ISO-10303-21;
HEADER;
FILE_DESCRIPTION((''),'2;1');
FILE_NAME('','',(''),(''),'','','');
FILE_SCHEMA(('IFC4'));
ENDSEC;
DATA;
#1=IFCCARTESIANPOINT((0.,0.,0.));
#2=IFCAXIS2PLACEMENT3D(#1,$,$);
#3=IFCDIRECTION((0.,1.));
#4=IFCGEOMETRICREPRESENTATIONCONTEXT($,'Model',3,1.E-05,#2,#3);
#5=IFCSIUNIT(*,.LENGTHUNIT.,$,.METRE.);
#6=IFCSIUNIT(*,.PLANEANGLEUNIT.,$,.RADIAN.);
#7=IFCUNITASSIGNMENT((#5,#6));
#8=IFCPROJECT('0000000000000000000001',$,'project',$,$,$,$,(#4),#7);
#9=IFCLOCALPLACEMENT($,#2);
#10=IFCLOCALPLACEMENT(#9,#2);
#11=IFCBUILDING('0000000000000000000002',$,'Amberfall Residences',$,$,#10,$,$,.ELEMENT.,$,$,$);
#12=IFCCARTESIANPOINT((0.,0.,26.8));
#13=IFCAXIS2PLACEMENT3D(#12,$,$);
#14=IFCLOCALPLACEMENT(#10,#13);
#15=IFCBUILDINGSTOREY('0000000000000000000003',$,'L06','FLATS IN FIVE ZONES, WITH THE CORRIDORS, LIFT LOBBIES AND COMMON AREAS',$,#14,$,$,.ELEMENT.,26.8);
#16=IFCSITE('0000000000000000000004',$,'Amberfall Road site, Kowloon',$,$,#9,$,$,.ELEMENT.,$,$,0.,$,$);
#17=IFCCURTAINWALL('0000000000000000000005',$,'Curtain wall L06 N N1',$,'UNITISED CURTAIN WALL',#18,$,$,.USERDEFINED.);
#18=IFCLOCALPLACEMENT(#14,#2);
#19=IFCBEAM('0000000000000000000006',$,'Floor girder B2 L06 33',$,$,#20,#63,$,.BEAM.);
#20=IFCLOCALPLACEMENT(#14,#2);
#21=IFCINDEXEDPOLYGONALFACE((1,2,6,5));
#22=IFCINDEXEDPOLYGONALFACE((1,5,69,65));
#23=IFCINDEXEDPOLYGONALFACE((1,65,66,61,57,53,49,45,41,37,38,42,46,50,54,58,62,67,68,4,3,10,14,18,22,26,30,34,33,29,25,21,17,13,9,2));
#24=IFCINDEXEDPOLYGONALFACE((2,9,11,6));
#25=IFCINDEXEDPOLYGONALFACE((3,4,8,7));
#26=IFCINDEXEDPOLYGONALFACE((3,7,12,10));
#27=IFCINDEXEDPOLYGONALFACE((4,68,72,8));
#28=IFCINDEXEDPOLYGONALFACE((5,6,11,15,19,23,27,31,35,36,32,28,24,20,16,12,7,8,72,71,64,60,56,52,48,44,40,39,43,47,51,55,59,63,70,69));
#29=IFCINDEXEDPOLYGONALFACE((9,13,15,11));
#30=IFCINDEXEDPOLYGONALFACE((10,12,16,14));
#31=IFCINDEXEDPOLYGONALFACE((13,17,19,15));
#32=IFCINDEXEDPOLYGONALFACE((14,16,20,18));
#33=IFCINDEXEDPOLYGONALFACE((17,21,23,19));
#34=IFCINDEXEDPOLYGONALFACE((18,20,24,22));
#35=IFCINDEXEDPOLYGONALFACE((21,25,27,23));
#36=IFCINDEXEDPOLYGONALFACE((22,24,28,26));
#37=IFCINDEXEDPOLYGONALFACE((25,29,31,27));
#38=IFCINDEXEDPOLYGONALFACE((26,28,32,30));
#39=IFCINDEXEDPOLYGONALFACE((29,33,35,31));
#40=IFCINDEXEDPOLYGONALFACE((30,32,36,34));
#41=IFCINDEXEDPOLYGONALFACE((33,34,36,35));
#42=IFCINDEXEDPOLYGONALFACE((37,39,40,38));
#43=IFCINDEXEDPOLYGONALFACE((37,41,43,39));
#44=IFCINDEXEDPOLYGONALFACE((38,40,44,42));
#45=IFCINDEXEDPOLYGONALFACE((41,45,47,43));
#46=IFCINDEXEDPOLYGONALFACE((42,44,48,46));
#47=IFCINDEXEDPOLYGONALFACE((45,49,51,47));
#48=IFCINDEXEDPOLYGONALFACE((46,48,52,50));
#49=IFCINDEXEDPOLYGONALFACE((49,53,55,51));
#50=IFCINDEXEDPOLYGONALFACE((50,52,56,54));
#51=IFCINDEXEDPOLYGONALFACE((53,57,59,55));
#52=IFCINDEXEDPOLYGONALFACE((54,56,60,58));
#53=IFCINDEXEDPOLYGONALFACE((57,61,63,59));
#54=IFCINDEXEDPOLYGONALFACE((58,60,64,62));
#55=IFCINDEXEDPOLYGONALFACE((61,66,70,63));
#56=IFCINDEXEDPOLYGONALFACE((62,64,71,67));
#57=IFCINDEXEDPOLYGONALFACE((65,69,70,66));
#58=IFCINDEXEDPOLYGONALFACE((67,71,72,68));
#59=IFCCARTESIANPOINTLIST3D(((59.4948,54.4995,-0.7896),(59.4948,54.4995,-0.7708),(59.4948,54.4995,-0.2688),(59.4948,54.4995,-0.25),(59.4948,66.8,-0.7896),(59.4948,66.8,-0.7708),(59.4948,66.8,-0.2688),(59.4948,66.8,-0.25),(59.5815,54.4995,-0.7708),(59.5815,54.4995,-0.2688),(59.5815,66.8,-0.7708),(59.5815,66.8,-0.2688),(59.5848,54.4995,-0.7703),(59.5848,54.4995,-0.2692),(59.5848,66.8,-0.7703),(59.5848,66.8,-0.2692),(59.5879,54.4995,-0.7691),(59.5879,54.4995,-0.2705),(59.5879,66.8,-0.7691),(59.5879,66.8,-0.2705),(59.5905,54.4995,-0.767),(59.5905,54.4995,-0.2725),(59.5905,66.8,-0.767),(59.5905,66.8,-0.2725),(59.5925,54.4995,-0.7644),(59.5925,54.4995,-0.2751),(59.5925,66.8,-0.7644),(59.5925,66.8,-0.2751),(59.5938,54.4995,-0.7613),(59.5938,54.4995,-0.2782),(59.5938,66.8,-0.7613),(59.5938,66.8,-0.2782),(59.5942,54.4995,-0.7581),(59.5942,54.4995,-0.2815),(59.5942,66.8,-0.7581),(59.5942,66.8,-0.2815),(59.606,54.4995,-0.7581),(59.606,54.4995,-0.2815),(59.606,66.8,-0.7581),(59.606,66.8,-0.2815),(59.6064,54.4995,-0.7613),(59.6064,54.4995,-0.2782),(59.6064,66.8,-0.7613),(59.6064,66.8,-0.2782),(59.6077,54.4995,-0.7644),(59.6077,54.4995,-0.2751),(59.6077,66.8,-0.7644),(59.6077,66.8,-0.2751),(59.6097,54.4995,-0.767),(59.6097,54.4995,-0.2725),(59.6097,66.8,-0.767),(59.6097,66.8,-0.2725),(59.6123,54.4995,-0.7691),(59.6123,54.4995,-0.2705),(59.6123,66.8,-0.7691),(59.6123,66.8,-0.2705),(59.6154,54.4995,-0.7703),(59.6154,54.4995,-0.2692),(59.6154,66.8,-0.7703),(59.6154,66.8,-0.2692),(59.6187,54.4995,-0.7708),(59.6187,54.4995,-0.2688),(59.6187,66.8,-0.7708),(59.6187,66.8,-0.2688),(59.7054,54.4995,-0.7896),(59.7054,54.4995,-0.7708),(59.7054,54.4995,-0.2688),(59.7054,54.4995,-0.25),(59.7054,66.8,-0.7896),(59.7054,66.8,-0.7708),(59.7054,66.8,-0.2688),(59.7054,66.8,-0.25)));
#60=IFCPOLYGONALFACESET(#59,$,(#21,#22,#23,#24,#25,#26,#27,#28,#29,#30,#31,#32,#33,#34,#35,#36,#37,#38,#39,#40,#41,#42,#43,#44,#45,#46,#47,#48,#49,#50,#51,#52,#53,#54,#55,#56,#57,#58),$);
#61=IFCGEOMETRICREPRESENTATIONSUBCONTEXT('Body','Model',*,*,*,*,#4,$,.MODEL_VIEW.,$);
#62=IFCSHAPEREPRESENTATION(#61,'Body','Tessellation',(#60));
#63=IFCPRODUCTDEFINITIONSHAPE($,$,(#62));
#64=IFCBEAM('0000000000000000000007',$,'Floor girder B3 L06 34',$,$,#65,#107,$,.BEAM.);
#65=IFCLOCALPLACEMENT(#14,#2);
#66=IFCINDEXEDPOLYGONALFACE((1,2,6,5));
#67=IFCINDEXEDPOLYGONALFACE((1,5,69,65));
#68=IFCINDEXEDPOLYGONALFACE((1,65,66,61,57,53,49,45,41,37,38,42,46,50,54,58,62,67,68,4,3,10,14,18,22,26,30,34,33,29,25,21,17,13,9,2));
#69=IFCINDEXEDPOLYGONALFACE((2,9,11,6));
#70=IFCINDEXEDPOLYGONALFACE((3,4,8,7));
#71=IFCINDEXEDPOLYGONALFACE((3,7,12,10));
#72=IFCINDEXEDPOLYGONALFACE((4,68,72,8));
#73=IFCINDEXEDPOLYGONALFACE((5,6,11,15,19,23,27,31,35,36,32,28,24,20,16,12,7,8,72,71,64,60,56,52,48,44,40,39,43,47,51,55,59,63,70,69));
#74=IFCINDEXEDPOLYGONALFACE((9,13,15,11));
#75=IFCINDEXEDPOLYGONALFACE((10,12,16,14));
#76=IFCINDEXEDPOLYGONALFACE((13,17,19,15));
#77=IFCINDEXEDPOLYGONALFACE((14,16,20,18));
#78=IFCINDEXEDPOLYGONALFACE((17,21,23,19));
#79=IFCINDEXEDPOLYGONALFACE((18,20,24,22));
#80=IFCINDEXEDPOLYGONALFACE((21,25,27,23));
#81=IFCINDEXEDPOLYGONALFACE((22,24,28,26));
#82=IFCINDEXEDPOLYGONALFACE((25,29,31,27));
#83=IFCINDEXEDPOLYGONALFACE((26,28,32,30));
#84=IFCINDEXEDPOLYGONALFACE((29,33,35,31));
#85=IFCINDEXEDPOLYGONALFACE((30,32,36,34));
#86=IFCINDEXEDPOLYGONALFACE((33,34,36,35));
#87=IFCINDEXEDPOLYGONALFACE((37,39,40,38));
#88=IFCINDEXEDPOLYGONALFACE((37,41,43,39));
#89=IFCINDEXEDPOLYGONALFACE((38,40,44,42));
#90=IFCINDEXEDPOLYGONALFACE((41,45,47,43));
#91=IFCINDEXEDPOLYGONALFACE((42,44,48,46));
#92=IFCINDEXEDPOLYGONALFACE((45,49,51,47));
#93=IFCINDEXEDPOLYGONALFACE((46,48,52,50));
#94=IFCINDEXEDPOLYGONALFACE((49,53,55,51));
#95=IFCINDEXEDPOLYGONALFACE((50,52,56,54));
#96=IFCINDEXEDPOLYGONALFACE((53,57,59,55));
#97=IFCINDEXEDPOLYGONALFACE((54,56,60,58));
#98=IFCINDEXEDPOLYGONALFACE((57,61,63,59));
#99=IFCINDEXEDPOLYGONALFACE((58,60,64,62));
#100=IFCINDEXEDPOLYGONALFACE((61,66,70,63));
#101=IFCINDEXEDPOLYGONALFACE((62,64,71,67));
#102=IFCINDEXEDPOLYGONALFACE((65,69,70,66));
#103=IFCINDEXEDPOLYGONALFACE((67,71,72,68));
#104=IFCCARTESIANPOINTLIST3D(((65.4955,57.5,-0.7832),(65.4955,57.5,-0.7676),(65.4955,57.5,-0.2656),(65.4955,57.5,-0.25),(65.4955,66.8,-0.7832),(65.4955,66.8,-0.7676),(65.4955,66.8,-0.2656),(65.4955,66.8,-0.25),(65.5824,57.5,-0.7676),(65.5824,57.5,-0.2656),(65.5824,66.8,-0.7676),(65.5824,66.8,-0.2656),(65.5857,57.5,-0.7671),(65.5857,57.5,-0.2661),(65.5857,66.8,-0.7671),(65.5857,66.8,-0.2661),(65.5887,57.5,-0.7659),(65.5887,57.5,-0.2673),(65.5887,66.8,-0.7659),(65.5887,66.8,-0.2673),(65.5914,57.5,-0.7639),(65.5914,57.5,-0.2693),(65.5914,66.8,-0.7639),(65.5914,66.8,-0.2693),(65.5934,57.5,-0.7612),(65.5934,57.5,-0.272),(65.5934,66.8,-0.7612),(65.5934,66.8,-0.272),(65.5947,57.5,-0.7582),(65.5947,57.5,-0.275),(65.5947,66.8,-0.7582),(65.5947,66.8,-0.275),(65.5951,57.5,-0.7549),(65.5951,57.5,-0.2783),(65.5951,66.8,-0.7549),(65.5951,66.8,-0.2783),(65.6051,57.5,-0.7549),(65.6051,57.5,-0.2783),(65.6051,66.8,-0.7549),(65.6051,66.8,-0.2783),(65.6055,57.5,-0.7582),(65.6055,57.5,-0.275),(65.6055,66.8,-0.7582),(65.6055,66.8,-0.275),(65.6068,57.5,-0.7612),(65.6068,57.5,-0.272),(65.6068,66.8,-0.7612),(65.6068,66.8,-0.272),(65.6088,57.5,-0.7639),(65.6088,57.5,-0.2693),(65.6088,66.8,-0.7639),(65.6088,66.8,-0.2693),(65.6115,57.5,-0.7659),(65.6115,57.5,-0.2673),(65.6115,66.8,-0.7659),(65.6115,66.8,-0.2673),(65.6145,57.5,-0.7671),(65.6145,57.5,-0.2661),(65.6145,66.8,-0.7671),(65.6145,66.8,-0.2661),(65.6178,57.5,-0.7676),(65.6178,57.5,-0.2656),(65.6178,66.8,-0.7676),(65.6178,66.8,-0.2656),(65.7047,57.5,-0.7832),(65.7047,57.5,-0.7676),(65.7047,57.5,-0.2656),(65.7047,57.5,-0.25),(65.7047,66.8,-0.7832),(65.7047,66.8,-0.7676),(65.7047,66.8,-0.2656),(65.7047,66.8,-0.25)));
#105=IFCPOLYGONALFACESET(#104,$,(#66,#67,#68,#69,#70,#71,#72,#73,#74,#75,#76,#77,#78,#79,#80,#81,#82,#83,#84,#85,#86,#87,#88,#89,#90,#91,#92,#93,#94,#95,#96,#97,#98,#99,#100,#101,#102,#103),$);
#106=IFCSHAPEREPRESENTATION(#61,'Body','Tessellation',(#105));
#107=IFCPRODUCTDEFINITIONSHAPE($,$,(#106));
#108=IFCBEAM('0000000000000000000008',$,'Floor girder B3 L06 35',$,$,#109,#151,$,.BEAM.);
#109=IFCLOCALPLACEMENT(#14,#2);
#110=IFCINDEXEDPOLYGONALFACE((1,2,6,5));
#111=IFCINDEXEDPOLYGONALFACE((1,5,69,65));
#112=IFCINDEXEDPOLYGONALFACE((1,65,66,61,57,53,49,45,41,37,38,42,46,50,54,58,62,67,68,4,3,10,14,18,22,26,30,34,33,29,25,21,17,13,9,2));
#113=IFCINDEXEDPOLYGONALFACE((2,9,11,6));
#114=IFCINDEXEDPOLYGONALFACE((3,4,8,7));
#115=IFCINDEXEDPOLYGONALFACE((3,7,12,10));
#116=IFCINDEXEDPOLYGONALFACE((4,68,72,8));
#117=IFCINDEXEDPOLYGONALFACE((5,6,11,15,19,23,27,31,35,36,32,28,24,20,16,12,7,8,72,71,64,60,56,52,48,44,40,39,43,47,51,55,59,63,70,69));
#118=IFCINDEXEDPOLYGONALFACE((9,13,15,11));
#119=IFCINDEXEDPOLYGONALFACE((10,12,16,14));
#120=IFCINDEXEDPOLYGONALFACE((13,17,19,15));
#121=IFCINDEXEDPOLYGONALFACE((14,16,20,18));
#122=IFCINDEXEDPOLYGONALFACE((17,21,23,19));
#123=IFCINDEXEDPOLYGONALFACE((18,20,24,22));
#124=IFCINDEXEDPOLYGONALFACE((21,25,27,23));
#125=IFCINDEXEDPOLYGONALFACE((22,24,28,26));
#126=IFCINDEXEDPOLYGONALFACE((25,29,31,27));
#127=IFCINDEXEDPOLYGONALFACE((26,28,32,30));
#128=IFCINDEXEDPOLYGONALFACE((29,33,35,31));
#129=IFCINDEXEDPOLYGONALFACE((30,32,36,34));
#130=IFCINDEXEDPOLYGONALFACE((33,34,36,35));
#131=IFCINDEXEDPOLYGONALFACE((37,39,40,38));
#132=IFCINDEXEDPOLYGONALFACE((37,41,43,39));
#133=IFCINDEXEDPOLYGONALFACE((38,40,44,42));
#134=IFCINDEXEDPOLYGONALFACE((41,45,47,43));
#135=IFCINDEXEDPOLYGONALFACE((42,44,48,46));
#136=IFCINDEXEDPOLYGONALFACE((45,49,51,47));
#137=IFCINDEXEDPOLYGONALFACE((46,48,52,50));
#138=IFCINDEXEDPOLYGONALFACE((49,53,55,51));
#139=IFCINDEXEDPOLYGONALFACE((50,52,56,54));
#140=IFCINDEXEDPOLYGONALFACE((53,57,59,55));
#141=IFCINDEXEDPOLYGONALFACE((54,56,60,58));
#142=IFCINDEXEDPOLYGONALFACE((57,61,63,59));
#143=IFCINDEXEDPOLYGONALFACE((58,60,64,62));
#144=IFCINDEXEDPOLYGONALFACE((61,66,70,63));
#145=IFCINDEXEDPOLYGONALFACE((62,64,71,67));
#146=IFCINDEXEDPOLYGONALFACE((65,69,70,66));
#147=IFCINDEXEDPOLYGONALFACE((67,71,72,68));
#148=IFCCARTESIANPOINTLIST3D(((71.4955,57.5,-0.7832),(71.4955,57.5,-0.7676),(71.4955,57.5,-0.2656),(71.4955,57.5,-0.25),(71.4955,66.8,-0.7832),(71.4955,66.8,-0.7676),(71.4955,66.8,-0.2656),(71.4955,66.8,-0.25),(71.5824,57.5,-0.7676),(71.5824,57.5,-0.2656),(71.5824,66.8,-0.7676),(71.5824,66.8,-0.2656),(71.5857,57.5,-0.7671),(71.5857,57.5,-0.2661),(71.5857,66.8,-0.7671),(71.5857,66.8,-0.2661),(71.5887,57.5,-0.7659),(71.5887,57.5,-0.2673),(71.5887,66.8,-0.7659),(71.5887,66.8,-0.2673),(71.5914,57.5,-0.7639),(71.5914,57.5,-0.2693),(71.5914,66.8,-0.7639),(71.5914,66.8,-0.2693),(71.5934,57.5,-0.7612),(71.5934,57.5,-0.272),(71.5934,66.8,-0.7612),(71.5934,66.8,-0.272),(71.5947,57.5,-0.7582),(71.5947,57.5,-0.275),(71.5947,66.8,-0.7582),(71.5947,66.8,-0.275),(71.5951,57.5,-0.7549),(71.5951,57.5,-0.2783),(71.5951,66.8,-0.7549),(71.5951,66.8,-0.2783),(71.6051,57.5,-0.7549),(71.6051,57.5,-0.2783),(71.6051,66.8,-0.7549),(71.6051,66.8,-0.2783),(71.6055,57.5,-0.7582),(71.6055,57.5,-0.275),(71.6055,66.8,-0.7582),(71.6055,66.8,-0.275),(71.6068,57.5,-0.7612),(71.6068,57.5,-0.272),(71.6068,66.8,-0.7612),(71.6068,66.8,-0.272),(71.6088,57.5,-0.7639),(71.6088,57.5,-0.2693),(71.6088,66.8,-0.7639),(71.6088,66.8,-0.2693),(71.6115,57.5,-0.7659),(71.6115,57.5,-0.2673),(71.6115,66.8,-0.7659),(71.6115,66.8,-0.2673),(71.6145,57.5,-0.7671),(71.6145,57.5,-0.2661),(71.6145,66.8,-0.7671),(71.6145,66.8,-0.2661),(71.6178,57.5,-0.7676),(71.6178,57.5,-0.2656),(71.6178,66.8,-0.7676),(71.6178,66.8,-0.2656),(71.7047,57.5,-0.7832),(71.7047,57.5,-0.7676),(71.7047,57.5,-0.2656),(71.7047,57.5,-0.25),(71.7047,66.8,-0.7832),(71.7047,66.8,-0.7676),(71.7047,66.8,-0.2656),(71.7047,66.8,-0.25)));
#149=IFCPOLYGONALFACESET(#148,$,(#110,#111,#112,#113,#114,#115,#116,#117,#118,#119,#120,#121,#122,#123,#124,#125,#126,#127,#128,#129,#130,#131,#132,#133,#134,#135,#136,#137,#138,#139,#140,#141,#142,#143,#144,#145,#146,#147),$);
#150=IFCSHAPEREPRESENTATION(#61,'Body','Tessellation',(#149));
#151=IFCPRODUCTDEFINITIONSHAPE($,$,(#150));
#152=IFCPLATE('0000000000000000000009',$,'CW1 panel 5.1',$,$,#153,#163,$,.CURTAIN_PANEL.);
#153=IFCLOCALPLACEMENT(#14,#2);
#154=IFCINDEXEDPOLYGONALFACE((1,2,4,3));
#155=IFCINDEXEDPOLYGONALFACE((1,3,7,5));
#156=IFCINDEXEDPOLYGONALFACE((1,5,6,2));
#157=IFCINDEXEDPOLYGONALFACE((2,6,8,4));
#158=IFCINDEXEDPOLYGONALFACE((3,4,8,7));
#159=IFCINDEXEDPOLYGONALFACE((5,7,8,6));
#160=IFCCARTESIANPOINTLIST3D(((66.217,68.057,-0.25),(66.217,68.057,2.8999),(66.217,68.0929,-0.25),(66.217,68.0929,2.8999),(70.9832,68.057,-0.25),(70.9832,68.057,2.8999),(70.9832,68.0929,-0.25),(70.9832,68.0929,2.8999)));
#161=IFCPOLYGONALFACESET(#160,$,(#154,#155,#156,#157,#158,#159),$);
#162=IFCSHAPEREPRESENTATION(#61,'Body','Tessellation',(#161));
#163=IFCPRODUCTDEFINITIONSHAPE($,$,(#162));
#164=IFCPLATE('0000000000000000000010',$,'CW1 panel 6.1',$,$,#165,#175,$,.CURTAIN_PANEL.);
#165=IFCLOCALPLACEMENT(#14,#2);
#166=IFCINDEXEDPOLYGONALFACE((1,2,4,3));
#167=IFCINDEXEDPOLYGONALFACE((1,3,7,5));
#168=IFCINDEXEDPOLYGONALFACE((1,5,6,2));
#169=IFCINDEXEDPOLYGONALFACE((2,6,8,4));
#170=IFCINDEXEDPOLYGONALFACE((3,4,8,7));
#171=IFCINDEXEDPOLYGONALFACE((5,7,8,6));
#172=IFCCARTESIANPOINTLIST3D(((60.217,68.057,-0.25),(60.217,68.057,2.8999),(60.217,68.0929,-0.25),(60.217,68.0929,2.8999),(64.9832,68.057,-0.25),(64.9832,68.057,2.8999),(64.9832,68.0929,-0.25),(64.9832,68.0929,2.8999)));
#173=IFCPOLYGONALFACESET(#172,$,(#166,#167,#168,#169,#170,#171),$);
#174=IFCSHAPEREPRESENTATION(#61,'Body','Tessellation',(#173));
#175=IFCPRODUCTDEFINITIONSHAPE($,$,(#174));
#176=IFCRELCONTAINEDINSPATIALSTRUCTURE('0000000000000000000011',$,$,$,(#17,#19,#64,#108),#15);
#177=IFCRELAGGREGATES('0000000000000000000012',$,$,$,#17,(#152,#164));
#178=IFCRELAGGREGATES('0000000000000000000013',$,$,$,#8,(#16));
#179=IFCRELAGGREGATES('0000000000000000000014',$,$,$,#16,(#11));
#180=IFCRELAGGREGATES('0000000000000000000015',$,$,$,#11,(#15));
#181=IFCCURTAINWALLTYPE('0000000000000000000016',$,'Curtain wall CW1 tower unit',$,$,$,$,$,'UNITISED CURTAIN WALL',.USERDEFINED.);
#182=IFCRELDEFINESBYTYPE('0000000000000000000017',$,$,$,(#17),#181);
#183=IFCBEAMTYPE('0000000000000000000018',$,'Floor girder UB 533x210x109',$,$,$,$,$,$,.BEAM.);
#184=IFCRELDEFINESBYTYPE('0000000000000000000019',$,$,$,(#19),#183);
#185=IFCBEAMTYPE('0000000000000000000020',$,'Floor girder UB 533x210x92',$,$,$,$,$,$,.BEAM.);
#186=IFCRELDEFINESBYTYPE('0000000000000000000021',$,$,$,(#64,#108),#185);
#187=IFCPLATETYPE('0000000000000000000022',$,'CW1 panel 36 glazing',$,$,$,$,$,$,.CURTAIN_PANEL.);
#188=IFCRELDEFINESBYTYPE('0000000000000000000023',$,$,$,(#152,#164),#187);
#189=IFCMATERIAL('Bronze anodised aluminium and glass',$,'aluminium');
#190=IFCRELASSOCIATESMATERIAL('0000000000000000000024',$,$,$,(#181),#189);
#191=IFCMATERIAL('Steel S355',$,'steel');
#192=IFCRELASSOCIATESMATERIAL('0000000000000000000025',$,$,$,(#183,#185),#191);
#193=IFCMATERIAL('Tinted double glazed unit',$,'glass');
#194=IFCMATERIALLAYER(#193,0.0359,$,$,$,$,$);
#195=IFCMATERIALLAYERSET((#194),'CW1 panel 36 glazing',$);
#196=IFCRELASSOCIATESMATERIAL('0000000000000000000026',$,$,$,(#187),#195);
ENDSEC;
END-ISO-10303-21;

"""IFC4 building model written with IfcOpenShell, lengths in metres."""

from ifc_helpers import new_model, si_unit, direction, frame, origin, origin_2d, place, context, subcontext, project, spatial, rectangle, i_section, extrude, material, layer, layer_set, material_profile, profile_set, type_object, element, aggregate, save


model = new_model("IFC4")

# Units and contexts
model_context = context("Model", 3, precision=1e-05, world=origin(), true_north=direction((0.0, 1.0)))
body_context = subcontext(model_context, "Body", "Model", "MODEL_VIEW")
ifc_project = project(units=[si_unit("LENGTHUNIT", "METRE"), si_unit("PLANEANGLEUNIT", "RADIAN")], contexts=[model_context])

# Site, building, storey
site_placement = place(None, origin())
site = spatial("IfcSite", under=ifc_project, at=site_placement, Name="Amberfall Road site, Kowloon", CompositionType="ELEMENT", RefElevation=0.0)
building_placement = place(site_placement, origin())
building = spatial("IfcBuilding", under=site, at=building_placement, Name="Amberfall Residences", CompositionType="ELEMENT")
storey_placement = place(building_placement, frame((0.0, 0.0, 26.8)))
storey = spatial("IfcBuildingStorey", under=building, at=storey_placement, Name="L06", Description="FLATS IN FIVE ZONES, WITH THE CORRIDORS, LIFT LOBBIES AND COMMON AREAS", CompositionType="ELEMENT", Elevation=26.8)

# Curtain wall
ifc_material_1 = material(Name="Bronze anodised aluminium and glass", Category="aluminium")
curtain_wall_type = type_object("IfcCurtainWallType", Name="Curtain wall CW1 tower unit", ElementType="UNITISED CURTAIN WALL", PredefinedType="USERDEFINED", material=ifc_material_1)
curtain_wall_placement = place(storey_placement, origin())
curtain_wall = element("IfcCurtainWall", 1, at=curtain_wall_placement, inside=storey, type_object=curtain_wall_type, Name="Curtain wall L06 N N1", ObjectType="UNITISED CURTAIN WALL", PredefinedType="USERDEFINED")

# Shared definitions
ifc_material_2 = material(Name="Steel S355", Category="steel")

# Beams
ifc_material_profile_1 = material_profile(ifc_material_2, i_section(OverallWidth=0.2107, OverallDepth=0.5396, WebThickness=0.0117, FlangeThickness=0.0188, FilletRadius=0.0127, at=origin_2d()), Name="UB 533x210x109")
ifc_profile_set_1 = profile_set([ifc_material_profile_1], Name="Steel S355")
beam_type_1 = type_object("IfcBeamType", Name="Floor girder UB 533x210x109", PredefinedType="BEAM", material=ifc_profile_set_1)
beam_placement = place(storey_placement, frame((59.6001, 66.8, -0.5198), z_axis=(0.0, -1.0, 0.0), x_axis=(1.0, 0.0, 0.0)))
element("IfcBeam", 2, at=beam_placement, inside=storey, type_object=beam_type_1, Name="Floor girder B2 L06 33", PredefinedType="BEAM", context=body_context, shape_type="SweptSolid", body=[
    extrude(i_section(OverallWidth=0.2107, OverallDepth=0.5396, WebThickness=0.0117, FlangeThickness=0.0188, FilletRadius=0.0127, at=origin_2d()), origin(), (0.0, 0.0, 1.0), 12.3005),
])
ifc_material_profile_2 = material_profile(ifc_material_2, i_section(OverallWidth=0.2092, OverallDepth=0.5332, WebThickness=0.01, FlangeThickness=0.0156, FilletRadius=0.0127, at=origin_2d()), Name="UB 533x210x92")
ifc_profile_set_2 = profile_set([ifc_material_profile_2], Name="Steel S355")
beam_type_2 = type_object("IfcBeamType", Name="Floor girder UB 533x210x92", PredefinedType="BEAM", material=ifc_profile_set_2)
for number, where, z_axis, x_axis, name in (
    (3, (65.6001, 66.8, -0.5166), (0.0, -1.0, 0.0), (1.0, 0.0, 0.0), "Floor girder B3 L06 34"),
    (4, (71.6001, 66.8, -0.5166), (0.0, -1.0, 0.0), (1.0, 0.0, 0.0), "Floor girder B3 L06 35"),
):
    element("IfcBeam", number, at=place(storey_placement, frame(where, z_axis=z_axis, x_axis=x_axis)), inside=storey, type_object=beam_type_2, Name=name, PredefinedType="BEAM", context=body_context, shape_type="SweptSolid", body=[
        extrude(i_section(OverallWidth=0.2092, OverallDepth=0.5332, WebThickness=0.01, FlangeThickness=0.0156, FilletRadius=0.0127, at=origin_2d()), origin(), (0.0, 0.0, 1.0), 9.3),
    ])

# Plates
ifc_material_3 = material(Name="Tinted double glazed unit", Category="glass")
ifc_layer_1 = layer(ifc_material_3, 0.0359)
ifc_layer_set_1 = layer_set([ifc_layer_1], Name="CW1 panel 36 glazing")
plate_type = type_object("IfcPlateType", Name="CW1 panel 36 glazing", PredefinedType="CURTAIN_PANEL", material=ifc_layer_set_1)
plate_1_placement = place(storey_placement, frame((68.6001, 68.075, -0.25), z_axis=(0.0, 0.0, 1.0), x_axis=(-1.0, 0.0, 0.0)))
plate_1 = element("IfcPlate", 5, at=plate_1_placement, type_object=plate_type, Name="CW1 panel 5.1", PredefinedType="CURTAIN_PANEL", context=body_context, shape_type="SweptSolid", body=[
    extrude(rectangle(XDim=4.7661, YDim=0.0359, at=origin_2d()), origin(), (0.0, 0.0, 1.0), 3.1499),
])
plate_2_placement = place(storey_placement, frame((62.6001, 68.075, -0.25), z_axis=(0.0, 0.0, 1.0), x_axis=(-1.0, 0.0, 0.0)))
plate_2 = element("IfcPlate", 6, at=plate_2_placement, type_object=plate_type, Name="CW1 panel 6.1", PredefinedType="CURTAIN_PANEL", context=body_context, shape_type="SweptSolid", body=[
    extrude(rectangle(XDim=4.7661, YDim=0.0359, at=origin_2d()), origin(), (0.0, 0.0, 1.0), 3.1499),
])
aggregate(curtain_wall, [plate_1, plate_2])

save(model, "model.ifc")
